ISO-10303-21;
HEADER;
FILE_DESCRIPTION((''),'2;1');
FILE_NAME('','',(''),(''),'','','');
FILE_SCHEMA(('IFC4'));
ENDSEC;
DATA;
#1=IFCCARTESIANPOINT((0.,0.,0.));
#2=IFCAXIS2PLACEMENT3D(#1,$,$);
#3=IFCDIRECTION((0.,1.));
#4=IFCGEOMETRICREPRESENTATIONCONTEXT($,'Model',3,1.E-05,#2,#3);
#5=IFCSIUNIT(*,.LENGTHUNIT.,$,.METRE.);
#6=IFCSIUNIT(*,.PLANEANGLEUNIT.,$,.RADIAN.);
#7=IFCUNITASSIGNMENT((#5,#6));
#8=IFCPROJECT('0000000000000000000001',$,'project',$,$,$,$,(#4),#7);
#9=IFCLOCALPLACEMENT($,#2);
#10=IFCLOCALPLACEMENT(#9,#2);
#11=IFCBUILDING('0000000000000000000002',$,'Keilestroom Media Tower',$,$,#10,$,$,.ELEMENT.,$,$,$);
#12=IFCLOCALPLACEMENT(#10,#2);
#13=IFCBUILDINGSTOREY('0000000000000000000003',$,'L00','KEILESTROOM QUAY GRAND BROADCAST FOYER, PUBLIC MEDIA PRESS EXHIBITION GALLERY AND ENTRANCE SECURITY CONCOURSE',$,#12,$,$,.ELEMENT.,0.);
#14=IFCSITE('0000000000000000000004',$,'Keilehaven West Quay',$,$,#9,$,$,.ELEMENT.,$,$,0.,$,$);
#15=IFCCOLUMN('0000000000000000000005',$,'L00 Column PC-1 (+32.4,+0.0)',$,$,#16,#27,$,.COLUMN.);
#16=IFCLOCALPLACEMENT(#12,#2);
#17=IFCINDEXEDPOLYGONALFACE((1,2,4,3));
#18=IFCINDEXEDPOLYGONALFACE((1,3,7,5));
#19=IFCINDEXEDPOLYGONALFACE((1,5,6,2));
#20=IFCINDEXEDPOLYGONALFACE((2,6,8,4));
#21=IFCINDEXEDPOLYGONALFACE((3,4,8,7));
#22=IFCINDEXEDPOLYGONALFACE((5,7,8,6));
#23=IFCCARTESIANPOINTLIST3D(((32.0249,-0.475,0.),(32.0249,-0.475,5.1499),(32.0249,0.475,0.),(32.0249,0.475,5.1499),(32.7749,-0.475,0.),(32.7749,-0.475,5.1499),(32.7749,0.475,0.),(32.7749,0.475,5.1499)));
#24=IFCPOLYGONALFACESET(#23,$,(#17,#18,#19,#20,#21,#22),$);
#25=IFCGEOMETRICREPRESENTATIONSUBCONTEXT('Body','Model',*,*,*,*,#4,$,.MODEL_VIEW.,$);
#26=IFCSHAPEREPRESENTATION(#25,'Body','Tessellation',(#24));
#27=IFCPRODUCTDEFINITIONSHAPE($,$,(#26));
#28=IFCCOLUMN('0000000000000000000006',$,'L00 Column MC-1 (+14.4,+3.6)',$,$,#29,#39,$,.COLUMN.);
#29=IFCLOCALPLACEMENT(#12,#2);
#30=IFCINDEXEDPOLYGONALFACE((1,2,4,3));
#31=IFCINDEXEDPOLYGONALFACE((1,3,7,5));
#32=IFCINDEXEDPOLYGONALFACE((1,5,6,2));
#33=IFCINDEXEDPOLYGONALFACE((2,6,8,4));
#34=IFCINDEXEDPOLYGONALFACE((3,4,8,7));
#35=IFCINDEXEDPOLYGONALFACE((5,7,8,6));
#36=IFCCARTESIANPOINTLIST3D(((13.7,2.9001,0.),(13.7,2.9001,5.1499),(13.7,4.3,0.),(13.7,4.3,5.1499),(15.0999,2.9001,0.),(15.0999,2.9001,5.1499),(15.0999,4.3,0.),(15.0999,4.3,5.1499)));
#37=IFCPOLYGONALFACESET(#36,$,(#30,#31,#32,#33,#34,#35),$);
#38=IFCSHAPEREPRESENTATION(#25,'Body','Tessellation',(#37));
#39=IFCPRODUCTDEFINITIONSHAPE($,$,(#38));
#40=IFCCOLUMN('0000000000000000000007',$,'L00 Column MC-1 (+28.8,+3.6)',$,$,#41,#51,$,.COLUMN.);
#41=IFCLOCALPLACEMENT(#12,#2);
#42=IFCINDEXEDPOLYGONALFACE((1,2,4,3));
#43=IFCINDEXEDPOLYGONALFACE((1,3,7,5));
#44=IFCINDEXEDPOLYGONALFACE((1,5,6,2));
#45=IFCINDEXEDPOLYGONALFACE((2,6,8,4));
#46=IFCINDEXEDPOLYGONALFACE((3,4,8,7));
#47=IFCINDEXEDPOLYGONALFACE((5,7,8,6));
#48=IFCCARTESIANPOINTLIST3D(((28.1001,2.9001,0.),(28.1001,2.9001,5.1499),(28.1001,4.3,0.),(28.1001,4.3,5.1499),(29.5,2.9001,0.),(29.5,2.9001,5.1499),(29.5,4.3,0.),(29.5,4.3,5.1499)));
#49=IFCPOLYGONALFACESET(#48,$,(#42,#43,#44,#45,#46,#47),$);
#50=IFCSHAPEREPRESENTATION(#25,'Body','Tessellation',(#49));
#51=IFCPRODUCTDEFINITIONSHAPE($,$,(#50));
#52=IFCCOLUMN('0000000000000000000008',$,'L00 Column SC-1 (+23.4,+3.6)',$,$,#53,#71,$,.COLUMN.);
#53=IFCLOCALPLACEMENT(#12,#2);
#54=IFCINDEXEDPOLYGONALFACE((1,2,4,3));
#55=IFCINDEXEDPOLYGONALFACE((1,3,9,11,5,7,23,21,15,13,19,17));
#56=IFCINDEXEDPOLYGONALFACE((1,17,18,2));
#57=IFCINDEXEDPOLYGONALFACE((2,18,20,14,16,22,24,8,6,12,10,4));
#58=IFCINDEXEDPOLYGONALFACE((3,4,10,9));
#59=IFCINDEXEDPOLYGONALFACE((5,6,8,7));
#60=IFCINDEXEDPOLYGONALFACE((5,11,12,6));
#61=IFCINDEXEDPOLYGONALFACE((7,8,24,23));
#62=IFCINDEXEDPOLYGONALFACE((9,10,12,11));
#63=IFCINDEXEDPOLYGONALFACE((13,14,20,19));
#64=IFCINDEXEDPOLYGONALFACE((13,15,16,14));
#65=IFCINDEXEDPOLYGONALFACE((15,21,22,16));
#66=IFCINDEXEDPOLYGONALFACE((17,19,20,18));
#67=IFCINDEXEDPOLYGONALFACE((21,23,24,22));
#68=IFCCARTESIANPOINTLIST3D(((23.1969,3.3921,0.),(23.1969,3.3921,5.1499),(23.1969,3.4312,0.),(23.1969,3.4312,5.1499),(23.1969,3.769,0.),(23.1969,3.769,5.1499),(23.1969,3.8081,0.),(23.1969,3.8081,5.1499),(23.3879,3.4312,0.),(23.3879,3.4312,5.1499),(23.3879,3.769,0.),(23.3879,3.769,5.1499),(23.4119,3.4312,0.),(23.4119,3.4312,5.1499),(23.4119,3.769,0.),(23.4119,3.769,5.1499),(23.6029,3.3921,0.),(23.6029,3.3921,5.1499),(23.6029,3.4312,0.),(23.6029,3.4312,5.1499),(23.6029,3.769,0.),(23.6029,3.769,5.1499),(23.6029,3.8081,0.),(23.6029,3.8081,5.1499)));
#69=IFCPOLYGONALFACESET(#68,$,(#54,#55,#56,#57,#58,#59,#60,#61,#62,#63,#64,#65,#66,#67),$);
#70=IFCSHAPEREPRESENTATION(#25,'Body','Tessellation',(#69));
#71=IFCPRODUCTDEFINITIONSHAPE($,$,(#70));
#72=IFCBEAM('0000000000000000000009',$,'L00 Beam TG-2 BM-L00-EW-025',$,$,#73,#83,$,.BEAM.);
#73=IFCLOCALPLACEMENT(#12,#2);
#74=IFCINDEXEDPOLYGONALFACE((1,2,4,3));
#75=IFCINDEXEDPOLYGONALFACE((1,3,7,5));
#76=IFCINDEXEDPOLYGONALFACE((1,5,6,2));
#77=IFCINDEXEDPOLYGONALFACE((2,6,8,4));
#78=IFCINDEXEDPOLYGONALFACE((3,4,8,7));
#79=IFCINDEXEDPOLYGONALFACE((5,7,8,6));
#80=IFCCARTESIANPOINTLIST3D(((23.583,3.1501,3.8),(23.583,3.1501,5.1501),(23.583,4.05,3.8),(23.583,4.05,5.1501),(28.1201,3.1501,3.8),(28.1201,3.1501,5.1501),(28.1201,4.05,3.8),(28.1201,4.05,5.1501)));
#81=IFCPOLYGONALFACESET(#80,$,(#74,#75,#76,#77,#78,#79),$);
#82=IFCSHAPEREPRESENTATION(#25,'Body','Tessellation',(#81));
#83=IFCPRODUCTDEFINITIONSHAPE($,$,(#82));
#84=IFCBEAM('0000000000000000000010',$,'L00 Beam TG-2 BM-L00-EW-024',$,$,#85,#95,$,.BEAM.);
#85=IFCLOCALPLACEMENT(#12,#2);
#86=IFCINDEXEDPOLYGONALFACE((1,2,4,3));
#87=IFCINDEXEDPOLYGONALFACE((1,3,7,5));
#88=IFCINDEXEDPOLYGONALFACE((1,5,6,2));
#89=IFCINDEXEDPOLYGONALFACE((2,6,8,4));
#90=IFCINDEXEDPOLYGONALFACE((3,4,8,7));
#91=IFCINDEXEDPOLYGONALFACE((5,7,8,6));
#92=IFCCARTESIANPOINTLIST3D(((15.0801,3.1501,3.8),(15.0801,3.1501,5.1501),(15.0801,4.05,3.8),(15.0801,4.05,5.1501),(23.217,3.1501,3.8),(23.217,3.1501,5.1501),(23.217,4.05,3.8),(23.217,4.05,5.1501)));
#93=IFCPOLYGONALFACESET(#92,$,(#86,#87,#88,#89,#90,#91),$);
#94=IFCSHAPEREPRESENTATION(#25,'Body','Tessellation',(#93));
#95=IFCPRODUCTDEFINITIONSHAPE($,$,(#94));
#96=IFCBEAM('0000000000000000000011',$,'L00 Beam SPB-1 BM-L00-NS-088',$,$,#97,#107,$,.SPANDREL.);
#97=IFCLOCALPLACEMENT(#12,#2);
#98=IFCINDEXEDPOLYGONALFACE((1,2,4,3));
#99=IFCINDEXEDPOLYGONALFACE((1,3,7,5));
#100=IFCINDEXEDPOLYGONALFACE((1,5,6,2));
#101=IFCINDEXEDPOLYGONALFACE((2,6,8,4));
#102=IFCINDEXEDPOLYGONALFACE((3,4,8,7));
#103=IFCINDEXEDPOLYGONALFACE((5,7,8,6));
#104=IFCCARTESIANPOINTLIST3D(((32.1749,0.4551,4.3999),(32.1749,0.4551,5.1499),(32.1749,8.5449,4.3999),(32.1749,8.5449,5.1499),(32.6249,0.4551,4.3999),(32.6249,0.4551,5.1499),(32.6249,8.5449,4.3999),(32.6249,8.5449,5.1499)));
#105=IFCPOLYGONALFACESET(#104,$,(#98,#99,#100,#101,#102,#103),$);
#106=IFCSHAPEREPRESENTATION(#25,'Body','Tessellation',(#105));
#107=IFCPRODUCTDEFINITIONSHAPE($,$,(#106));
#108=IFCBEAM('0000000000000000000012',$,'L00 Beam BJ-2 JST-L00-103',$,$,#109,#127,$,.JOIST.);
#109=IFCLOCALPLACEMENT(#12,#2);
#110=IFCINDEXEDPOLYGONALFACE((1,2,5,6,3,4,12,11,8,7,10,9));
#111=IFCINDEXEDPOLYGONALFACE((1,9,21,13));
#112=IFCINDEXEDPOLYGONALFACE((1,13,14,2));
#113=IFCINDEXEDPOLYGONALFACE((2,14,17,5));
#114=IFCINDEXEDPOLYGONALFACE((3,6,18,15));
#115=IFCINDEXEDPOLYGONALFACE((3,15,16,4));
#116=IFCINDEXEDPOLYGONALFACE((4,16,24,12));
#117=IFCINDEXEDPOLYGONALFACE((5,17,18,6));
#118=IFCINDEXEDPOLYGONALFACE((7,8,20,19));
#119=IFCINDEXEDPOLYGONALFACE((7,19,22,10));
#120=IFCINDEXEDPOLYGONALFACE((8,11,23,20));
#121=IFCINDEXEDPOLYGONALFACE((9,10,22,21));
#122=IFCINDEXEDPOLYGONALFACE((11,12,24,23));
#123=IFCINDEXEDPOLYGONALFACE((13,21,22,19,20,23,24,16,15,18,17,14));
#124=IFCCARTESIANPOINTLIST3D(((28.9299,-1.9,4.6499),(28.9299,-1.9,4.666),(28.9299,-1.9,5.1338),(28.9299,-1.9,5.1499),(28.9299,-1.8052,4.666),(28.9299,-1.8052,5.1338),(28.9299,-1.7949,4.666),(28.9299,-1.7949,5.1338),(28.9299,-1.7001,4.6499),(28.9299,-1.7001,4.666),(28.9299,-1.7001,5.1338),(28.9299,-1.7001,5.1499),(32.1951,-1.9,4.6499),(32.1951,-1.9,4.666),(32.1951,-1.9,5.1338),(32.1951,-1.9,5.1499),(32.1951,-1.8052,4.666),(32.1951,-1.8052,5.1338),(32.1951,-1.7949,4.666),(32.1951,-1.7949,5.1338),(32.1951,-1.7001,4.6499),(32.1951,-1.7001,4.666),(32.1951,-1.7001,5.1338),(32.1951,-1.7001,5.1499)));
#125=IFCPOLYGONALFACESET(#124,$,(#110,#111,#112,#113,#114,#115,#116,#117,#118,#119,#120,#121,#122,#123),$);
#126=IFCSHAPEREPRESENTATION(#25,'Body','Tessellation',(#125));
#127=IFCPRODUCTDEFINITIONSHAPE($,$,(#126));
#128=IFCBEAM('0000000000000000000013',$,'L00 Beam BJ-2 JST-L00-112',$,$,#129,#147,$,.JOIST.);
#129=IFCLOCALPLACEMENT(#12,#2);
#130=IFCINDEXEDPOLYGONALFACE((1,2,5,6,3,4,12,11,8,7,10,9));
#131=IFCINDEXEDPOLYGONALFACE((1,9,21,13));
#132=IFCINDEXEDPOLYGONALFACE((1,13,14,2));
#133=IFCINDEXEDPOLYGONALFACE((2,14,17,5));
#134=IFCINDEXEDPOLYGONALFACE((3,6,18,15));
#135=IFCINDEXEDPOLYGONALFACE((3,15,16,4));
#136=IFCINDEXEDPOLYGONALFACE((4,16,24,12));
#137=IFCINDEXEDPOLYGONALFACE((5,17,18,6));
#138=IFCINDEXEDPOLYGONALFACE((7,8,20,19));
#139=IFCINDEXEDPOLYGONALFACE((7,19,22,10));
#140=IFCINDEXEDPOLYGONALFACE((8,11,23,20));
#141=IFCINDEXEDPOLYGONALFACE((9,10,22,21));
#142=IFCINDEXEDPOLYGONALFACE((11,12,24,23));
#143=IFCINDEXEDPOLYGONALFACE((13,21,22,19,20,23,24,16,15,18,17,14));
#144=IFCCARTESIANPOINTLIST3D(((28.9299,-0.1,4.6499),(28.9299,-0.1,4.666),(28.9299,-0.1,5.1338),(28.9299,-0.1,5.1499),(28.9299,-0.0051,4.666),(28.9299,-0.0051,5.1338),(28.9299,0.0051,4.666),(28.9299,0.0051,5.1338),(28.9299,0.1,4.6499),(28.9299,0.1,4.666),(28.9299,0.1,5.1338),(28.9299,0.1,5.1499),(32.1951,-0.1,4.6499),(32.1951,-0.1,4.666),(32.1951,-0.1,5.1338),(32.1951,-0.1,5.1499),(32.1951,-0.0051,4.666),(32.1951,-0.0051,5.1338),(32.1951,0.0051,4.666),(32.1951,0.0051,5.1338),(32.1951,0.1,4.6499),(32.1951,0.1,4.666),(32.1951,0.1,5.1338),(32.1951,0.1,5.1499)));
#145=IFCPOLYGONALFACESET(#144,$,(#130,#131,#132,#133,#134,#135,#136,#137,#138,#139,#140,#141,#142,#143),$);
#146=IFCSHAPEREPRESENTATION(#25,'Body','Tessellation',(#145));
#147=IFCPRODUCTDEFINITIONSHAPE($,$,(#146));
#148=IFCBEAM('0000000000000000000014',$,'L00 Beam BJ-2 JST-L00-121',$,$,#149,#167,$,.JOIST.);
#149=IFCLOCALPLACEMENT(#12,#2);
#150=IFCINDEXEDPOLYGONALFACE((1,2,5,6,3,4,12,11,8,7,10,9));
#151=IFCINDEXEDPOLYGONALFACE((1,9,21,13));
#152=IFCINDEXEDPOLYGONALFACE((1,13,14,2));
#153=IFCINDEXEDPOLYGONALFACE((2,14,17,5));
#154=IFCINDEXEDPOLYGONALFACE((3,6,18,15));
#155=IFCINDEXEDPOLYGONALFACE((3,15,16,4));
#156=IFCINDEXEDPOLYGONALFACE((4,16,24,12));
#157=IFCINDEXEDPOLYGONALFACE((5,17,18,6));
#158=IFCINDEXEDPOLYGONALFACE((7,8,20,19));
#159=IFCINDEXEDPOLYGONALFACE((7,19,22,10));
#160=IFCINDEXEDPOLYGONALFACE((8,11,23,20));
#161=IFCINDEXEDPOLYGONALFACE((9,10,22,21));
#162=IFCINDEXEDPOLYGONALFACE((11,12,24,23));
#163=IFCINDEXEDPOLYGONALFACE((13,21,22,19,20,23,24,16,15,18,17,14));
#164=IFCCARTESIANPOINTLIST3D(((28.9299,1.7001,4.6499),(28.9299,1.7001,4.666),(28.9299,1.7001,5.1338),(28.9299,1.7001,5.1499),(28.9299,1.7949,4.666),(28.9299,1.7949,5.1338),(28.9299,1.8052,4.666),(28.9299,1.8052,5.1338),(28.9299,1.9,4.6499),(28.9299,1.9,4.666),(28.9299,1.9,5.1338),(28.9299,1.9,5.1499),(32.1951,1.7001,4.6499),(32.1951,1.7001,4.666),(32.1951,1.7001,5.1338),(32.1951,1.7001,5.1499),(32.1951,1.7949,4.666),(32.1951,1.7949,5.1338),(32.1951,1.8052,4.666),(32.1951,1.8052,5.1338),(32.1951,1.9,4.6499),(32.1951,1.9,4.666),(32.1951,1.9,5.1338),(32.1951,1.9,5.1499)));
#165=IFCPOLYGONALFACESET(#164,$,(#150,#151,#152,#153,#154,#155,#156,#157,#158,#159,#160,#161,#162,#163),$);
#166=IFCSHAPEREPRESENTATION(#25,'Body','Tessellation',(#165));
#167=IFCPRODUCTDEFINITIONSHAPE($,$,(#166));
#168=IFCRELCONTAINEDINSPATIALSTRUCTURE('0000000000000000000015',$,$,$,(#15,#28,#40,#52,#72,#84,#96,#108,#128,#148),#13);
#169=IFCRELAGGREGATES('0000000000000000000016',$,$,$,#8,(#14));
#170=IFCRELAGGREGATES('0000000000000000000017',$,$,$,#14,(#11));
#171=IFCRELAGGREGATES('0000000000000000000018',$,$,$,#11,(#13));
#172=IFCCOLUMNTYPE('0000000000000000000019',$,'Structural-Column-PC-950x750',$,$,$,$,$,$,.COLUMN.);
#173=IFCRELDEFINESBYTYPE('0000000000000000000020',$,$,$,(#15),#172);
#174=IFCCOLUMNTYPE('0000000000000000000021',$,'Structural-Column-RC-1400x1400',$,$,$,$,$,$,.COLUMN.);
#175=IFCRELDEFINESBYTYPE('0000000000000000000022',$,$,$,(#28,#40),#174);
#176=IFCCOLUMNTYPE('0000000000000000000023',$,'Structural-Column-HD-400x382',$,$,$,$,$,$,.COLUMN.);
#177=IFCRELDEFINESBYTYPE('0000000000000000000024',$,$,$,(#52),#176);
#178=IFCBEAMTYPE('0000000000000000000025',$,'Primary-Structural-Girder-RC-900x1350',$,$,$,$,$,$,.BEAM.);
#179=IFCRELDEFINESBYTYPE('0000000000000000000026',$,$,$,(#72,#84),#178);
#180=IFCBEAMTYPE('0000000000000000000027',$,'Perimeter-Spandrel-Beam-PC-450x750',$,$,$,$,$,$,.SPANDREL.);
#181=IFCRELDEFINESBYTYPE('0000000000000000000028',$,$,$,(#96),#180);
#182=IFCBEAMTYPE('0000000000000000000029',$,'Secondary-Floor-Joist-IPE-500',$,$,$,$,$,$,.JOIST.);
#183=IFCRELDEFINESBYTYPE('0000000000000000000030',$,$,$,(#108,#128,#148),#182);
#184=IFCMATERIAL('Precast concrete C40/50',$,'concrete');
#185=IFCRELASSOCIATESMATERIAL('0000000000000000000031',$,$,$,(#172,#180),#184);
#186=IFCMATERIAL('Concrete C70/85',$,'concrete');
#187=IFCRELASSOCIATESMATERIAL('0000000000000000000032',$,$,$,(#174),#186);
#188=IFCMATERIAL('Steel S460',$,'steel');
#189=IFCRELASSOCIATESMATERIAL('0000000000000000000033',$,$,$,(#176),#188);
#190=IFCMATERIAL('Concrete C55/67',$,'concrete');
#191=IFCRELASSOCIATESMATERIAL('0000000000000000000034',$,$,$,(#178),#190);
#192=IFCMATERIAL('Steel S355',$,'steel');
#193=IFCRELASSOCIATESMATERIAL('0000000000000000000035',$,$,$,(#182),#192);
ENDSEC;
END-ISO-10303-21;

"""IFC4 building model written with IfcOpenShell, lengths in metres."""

from ifc_helpers import new_model, si_unit, direction, frame, origin, origin_2d, place, context, subcontext, project, spatial, rectangle, i_section, extrude, source, transform, mapped, material, material_profile, profile_set, type_object, element, save


model = new_model("IFC4")

# Units and contexts
model_context = context("Model", 3, precision=1e-05, world=origin(), true_north=direction((0.0, 1.0)))
body_context = subcontext(model_context, "Body", "Model", "MODEL_VIEW")
ifc_project = project(units=[si_unit("LENGTHUNIT", "METRE"), si_unit("PLANEANGLEUNIT", "RADIAN")], contexts=[model_context])

# Site, building, storey
site_placement = place(None, origin())
site = spatial("IfcSite", under=ifc_project, at=site_placement, Name="Keilehaven West Quay", CompositionType="ELEMENT", RefElevation=0.0)
building_placement = place(site_placement, origin())
building = spatial("IfcBuilding", under=site, at=building_placement, Name="Keilestroom Media Tower", CompositionType="ELEMENT")
storey_placement = place(building_placement, origin())
storey = spatial("IfcBuildingStorey", under=building, at=storey_placement, Name="L00", Description="KEILESTROOM QUAY GRAND BROADCAST FOYER, PUBLIC MEDIA PRESS EXHIBITION GALLERY AND ENTRANCE SECURITY CONCOURSE", CompositionType="ELEMENT", Elevation=0.0)

# Columns
ifc_material_1 = material(Name="Precast concrete C40/50", Category="concrete")
ifc_material_profile_1 = material_profile(ifc_material_1, rectangle(XDim=0.75, YDim=0.95, at=origin_2d()), Name="PC 950x750")
ifc_profile_set_1 = profile_set([ifc_material_profile_1], Name="Precast concrete C40/50")
column_type_1 = type_object("IfcColumnType", Name="Structural-Column-PC-950x750", PredefinedType="COLUMN", material=ifc_profile_set_1)
shared_shape_1 = source(origin(), body_context, "Body", "SweptSolid", [
    extrude(rectangle(XDim=0.75, YDim=0.95, at=origin_2d()), origin(), (0.0, 0.0, 1.0), 5.1499),
])
column_1_placement = place(storey_placement, frame((32.3999, 0.0, 0.0), z_axis=(0.0, 0.0, 1.0), x_axis=(1.0, 0.0, 0.0)))
element("IfcColumn", 1, at=column_1_placement, inside=storey, type_object=column_type_1, Name="L00 Column PC-1 (+32.4,+0.0)", PredefinedType="COLUMN", context=body_context, shape_type="MappedRepresentation", body=[
    mapped(shared_shape_1, transform((0.0, 0.0, 0.0), x_axis=(1.0, 0.0, 0.0), y_axis=(0.0, 1.0, 0.0), z_axis=(0.0, 0.0, 1.0), scale=1.0)),
])
ifc_material_2 = material(Name="Concrete C70/85", Category="concrete")
ifc_material_profile_2 = material_profile(ifc_material_2, rectangle(XDim=1.3999, YDim=1.3999, at=origin_2d()), Name="RC 1400x1400")
ifc_profile_set_2 = profile_set([ifc_material_profile_2], Name="Concrete C70/85")
column_type_2 = type_object("IfcColumnType", Name="Structural-Column-RC-1400x1400", PredefinedType="COLUMN", material=ifc_profile_set_2)
shared_shape_2 = source(origin(), body_context, "Body", "SweptSolid", [
    extrude(rectangle(XDim=1.3999, YDim=1.3999, at=origin_2d()), origin(), (0.0, 0.0, 1.0), 5.1499),
])
for number, where, z_axis, x_axis, name in (
    (2, (14.3999, 3.6001, 0.0), (0.0, 0.0, 1.0), (1.0, 0.0, 0.0), "L00 Column MC-1 (+14.4,+3.6)"),
    (3, (28.8, 3.6001, 0.0), (0.0, 0.0, 1.0), (1.0, 0.0, 0.0), "L00 Column MC-1 (+28.8,+3.6)"),
):
    element("IfcColumn", number, at=place(storey_placement, frame(where, z_axis=z_axis, x_axis=x_axis)), inside=storey, type_object=column_type_2, Name=name, PredefinedType="COLUMN", context=body_context, shape_type="MappedRepresentation", body=[
        mapped(shared_shape_2, transform((0.0, 0.0, 0.0), x_axis=(1.0, 0.0, 0.0), y_axis=(0.0, 1.0, 0.0), z_axis=(0.0, 0.0, 1.0), scale=1.0)),
    ])
ifc_material_3 = material(Name="Steel S460", Category="steel")
ifc_material_profile_3 = material_profile(ifc_material_3, i_section(OverallWidth=0.406, OverallDepth=0.416, WebThickness=0.0239, FlangeThickness=0.0391, at=origin_2d()), Name="HD 400x382")
ifc_profile_set_3 = profile_set([ifc_material_profile_3], Name="Steel S460")
column_type_3 = type_object("IfcColumnType", Name="Structural-Column-HD-400x382", PredefinedType="COLUMN", material=ifc_profile_set_3)
shared_shape_3 = source(origin(), body_context, "Body", "SweptSolid", [
    extrude(i_section(OverallWidth=0.406, OverallDepth=0.416, WebThickness=0.0239, FlangeThickness=0.0391, at=origin_2d()), origin(), (0.0, 0.0, 1.0), 5.1499),
])
column_2_placement = place(storey_placement, frame((23.3999, 3.6001, 0.0), z_axis=(0.0, 0.0, 1.0), x_axis=(1.0, 0.0, 0.0)))
element("IfcColumn", 4, at=column_2_placement, inside=storey, type_object=column_type_3, Name="L00 Column SC-1 (+23.4,+3.6)", PredefinedType="COLUMN", context=body_context, shape_type="MappedRepresentation", body=[
    mapped(shared_shape_3, transform((0.0, 0.0, 0.0), x_axis=(1.0, 0.0, 0.0), y_axis=(0.0, 1.0, 0.0), z_axis=(0.0, 0.0, 1.0), scale=1.0)),
])

# Beams
ifc_material_4 = material(Name="Concrete C55/67", Category="concrete")
ifc_material_profile_4 = material_profile(ifc_material_4, rectangle(XDim=0.8999, YDim=1.3501, at=origin_2d()), Name="RC 900x1350")
ifc_profile_set_4 = profile_set([ifc_material_profile_4], Name="Concrete C55/67")
beam_type_1 = type_object("IfcBeamType", Name="Primary-Structural-Girder-RC-900x1350", PredefinedType="BEAM", material=ifc_profile_set_4)
shared_shape_4 = source(origin(), body_context, "Body", "SweptSolid", [
    extrude(rectangle(XDim=0.8999, YDim=1.3501, at=origin_2d()), origin(), (0.0, 0.0, 1.0), 4.5371),
])
beam_1_placement = place(storey_placement, frame((23.583, 3.6001, 4.4751), z_axis=(1.0, 0.0, 0.0), x_axis=(0.0, 1.0, 0.0)))
element("IfcBeam", 5, at=beam_1_placement, inside=storey, type_object=beam_type_1, Name="L00 Beam TG-2 BM-L00-EW-025", PredefinedType="BEAM", context=body_context, shape_type="MappedRepresentation", body=[
    mapped(shared_shape_4, transform((0.0, 0.0, 0.0), x_axis=(1.0, 0.0, 0.0), y_axis=(0.0, 1.0, 0.0), z_axis=(0.0, 0.0, 1.0), scale=1.0)),
])
shared_shape_5 = source(origin(), body_context, "Body", "SweptSolid", [
    extrude(rectangle(XDim=0.8999, YDim=1.3501, at=origin_2d()), origin(), (0.0, 0.0, 1.0), 8.137),
])
beam_2_placement = place(storey_placement, frame((15.0801, 3.6001, 4.4751), z_axis=(1.0, 0.0, 0.0), x_axis=(0.0, 1.0, 0.0)))
element("IfcBeam", 6, at=beam_2_placement, inside=storey, type_object=beam_type_1, Name="L00 Beam TG-2 BM-L00-EW-024", PredefinedType="BEAM", context=body_context, shape_type="MappedRepresentation", body=[
    mapped(shared_shape_5, transform((0.0, 0.0, 0.0), x_axis=(1.0, 0.0, 0.0), y_axis=(0.0, 1.0, 0.0), z_axis=(0.0, 0.0, 1.0), scale=1.0)),
])
ifc_material_profile_5 = material_profile(ifc_material_1, rectangle(XDim=0.45, YDim=0.75, at=origin_2d()), Name="PC 450x750")
ifc_profile_set_5 = profile_set([ifc_material_profile_5], Name="Precast concrete C40/50")
beam_type_2 = type_object("IfcBeamType", Name="Perimeter-Spandrel-Beam-PC-450x750", PredefinedType="SPANDREL", material=ifc_profile_set_5)
shared_shape_6 = source(origin(), body_context, "Body", "SweptSolid", [
    extrude(rectangle(XDim=0.45, YDim=0.75, at=origin_2d()), origin(), (0.0, 0.0, 1.0), 8.0898),
])
beam_3_placement = place(storey_placement, frame((32.3999, 0.4551, 4.7749), z_axis=(0.0, 1.0, 0.0), x_axis=(-1.0, 0.0, 0.0)))
element("IfcBeam", 7, at=beam_3_placement, inside=storey, type_object=beam_type_2, Name="L00 Beam SPB-1 BM-L00-NS-088", PredefinedType="SPANDREL", context=body_context, shape_type="MappedRepresentation", body=[
    mapped(shared_shape_6, transform((0.0, 0.0, 0.0), x_axis=(1.0, 0.0, 0.0), y_axis=(0.0, 1.0, 0.0), z_axis=(0.0, 0.0, 1.0), scale=1.0)),
])
ifc_material_5 = material(Name="Steel S355", Category="steel")
ifc_material_profile_6 = material_profile(ifc_material_5, i_section(OverallWidth=0.2, OverallDepth=0.5, WebThickness=0.0103, FlangeThickness=0.0161, at=origin_2d()), Name="IPE 500")
ifc_profile_set_6 = profile_set([ifc_material_profile_6], Name="Steel S355")
beam_type_3 = type_object("IfcBeamType", Name="Secondary-Floor-Joist-IPE-500", PredefinedType="JOIST", material=ifc_profile_set_6)
shared_shape_7 = source(origin(), body_context, "Body", "SweptSolid", [
    extrude(i_section(OverallWidth=0.2, OverallDepth=0.5, WebThickness=0.0103, FlangeThickness=0.0161, at=origin_2d()), origin(), (0.0, 0.0, 1.0), 3.2651),
])
for number, where, z_axis, x_axis, name in (
    (8, (28.9299, -1.8, 4.8999), (1.0, 0.0, 0.0), (0.0, 1.0, 0.0), "L00 Beam BJ-2 JST-L00-103"),
    (9, (28.9299, 0.0, 4.8999), (1.0, 0.0, 0.0), (0.0, 1.0, 0.0), "L00 Beam BJ-2 JST-L00-112"),
    (10, (28.9299, 1.8, 4.8999), (1.0, 0.0, 0.0), (0.0, 1.0, 0.0), "L00 Beam BJ-2 JST-L00-121"),
):
    element("IfcBeam", number, at=place(storey_placement, frame(where, z_axis=z_axis, x_axis=x_axis)), inside=storey, type_object=beam_type_3, Name=name, PredefinedType="JOIST", context=body_context, shape_type="MappedRepresentation", body=[
        mapped(shared_shape_7, transform((0.0, 0.0, 0.0), x_axis=(1.0, 0.0, 0.0), y_axis=(0.0, 1.0, 0.0), z_axis=(0.0, 0.0, 1.0), scale=1.0)),
    ])

save(model, "model.ifc")
